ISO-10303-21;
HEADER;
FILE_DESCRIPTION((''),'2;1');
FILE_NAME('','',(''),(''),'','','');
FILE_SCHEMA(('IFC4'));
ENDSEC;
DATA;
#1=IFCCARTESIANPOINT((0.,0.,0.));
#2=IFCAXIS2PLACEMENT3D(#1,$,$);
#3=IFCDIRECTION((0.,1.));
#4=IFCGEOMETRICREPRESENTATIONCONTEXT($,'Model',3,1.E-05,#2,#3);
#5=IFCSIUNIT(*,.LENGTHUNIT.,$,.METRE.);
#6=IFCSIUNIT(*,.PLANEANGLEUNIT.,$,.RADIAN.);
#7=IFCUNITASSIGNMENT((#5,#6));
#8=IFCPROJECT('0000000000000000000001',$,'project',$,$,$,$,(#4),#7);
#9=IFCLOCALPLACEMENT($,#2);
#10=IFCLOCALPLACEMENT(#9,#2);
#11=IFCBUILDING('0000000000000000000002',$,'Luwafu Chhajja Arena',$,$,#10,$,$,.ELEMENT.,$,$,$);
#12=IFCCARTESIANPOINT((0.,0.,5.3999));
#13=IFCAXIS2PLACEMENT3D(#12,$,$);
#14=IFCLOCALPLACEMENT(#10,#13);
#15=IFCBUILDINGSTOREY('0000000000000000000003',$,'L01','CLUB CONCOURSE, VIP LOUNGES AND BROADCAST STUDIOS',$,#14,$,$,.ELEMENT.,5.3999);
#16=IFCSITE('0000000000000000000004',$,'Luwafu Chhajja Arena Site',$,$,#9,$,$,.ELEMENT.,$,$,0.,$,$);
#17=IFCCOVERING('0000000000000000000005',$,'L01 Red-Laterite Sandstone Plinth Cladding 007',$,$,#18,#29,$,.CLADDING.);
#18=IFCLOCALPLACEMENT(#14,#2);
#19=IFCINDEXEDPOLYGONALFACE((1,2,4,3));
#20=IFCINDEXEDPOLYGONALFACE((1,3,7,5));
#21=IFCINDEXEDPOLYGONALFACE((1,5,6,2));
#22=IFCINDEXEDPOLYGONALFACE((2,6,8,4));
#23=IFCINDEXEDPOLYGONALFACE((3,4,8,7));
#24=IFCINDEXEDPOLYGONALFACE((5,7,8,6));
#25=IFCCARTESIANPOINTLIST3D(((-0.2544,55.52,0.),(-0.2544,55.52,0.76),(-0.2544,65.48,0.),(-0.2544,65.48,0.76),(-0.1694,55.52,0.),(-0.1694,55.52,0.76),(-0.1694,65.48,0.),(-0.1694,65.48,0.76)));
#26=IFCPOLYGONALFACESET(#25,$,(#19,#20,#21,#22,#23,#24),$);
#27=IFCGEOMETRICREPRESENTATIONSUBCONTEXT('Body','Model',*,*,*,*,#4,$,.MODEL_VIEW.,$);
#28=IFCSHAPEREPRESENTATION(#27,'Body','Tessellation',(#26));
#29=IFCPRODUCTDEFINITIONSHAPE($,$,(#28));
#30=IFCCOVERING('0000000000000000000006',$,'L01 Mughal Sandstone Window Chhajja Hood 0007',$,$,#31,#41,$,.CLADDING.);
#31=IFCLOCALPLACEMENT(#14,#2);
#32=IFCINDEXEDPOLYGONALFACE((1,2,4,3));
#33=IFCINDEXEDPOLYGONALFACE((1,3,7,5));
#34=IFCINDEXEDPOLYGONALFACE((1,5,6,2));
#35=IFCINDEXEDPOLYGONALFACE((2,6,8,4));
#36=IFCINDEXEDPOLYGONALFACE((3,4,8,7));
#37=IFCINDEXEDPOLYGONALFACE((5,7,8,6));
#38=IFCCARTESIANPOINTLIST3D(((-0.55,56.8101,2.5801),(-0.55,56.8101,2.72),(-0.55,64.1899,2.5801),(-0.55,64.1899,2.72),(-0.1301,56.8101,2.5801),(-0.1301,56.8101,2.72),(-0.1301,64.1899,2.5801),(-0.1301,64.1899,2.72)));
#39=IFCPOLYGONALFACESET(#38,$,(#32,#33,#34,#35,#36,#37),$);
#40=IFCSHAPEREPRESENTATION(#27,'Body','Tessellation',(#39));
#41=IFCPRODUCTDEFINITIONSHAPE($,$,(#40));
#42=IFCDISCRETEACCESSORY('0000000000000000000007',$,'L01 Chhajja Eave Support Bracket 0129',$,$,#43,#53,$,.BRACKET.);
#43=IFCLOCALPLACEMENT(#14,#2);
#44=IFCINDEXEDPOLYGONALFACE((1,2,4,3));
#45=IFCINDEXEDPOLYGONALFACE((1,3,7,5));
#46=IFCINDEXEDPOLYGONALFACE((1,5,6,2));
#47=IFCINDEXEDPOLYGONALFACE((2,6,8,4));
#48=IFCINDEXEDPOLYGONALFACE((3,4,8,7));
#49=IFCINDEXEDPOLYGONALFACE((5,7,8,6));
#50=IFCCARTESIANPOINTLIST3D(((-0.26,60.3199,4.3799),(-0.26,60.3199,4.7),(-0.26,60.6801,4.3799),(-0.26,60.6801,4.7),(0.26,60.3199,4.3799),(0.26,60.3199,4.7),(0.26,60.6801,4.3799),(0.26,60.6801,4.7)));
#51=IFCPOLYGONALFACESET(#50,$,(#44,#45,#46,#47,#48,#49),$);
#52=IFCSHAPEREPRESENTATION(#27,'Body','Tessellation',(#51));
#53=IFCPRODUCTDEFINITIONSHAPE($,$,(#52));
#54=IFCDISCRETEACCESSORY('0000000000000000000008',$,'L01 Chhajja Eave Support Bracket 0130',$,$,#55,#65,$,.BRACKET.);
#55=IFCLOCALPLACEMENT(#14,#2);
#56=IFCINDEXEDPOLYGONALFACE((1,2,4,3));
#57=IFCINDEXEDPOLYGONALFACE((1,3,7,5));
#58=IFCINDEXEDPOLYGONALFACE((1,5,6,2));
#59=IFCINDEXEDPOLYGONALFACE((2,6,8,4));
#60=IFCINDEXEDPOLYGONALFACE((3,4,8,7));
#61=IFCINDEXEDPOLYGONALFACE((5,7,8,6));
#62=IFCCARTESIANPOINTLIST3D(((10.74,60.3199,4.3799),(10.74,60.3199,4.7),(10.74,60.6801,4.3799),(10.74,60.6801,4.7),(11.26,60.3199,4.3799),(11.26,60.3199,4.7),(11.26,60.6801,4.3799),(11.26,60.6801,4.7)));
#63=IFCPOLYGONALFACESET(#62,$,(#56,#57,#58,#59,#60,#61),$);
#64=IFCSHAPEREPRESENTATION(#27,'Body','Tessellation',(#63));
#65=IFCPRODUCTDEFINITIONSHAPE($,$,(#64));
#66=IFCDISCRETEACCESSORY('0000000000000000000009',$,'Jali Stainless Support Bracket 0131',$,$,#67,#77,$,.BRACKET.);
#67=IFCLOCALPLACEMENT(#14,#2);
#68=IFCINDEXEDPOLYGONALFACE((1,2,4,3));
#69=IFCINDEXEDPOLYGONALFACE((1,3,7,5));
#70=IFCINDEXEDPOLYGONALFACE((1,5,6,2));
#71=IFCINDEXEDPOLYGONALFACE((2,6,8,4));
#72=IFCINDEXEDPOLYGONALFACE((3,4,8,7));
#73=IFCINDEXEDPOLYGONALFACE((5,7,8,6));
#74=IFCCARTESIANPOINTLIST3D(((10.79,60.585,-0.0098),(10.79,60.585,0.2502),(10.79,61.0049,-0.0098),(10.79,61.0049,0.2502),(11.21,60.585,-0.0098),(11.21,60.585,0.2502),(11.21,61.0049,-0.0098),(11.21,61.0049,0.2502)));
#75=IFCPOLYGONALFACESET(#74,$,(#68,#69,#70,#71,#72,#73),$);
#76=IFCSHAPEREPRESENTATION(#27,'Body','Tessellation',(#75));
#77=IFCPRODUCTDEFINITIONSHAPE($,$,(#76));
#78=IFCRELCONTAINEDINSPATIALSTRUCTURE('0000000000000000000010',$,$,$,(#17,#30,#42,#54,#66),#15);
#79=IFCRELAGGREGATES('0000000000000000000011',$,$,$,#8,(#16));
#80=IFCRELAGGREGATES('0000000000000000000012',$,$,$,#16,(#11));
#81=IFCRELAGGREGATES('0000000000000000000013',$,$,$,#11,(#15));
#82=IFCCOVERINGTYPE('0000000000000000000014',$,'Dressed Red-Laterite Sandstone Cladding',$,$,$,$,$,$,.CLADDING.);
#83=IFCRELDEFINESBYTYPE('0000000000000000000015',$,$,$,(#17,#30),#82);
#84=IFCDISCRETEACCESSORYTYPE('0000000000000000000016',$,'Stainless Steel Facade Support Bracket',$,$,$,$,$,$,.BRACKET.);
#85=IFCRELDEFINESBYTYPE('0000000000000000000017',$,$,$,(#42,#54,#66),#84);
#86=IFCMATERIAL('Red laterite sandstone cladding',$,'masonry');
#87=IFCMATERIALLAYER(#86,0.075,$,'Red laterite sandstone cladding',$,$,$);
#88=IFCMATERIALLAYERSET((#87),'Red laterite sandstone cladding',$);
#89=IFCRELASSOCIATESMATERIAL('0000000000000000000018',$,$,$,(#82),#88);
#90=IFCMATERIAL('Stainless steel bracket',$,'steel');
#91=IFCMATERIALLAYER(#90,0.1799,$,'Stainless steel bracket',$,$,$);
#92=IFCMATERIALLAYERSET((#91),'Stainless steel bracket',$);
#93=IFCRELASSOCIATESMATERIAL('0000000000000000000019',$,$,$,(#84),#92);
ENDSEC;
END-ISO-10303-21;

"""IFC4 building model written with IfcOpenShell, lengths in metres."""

from ifc_helpers import new_model, si_unit, direction, frame, origin, origin_2d, place, context, subcontext, project, spatial, rectangle, extrude, material, layer, layer_set, type_object, element, save


model = new_model("IFC4")

# Units and contexts
model_context = context("Model", 3, precision=1e-05, world=origin(), true_north=direction((0.0, 1.0)))
body_context = subcontext(model_context, "Body", "Model", "MODEL_VIEW")
ifc_project = project(units=[si_unit("LENGTHUNIT", "METRE"), si_unit("PLANEANGLEUNIT", "RADIAN")], contexts=[model_context])

# Site, building, storey
site_placement = place(None, origin())
site = spatial("IfcSite", under=ifc_project, at=site_placement, Name="Luwafu Chhajja Arena Site", CompositionType="ELEMENT", RefElevation=0.0)
building_placement = place(site_placement, origin())
building = spatial("IfcBuilding", under=site, at=building_placement, Name="Luwafu Chhajja Arena", CompositionType="ELEMENT")
storey_placement = place(building_placement, frame((0.0, 0.0, 5.3999)))
storey = spatial("IfcBuildingStorey", under=building, at=storey_placement, Name="L01", Description="CLUB CONCOURSE, VIP LOUNGES AND BROADCAST STUDIOS", CompositionType="ELEMENT", Elevation=5.3999)

# Coverings
ifc_material_1 = material(Name="Red laterite sandstone cladding", Category="masonry")
ifc_layer_1 = layer(ifc_material_1, 0.075, Name="Red laterite sandstone cladding")
ifc_layer_set_1 = layer_set([ifc_layer_1], Name="Red laterite sandstone cladding")
covering_type = type_object("IfcCoveringType", Name="Dressed Red-Laterite Sandstone Cladding", PredefinedType="CLADDING", material=ifc_layer_set_1)
covering_1_placement = place(storey_placement, frame((-0.2119, 60.5, 0.0), z_axis=(0.0, 0.0, 1.0), x_axis=(0.0, 1.0, 0.0)))
element("IfcCovering", 1, at=covering_1_placement, inside=storey, type_object=covering_type, Name="L01 Red-Laterite Sandstone Plinth Cladding 007", PredefinedType="CLADDING", context=body_context, shape_type="SweptSolid", body=[
    extrude(rectangle(XDim=9.96, YDim=0.085, at=origin_2d()), origin(), (0.0, 0.0, 1.0), 0.76),
])
covering_2_placement = place(storey_placement, frame((-0.3401, 60.5, 2.5801), z_axis=(0.0, 0.0, 1.0), x_axis=(0.0, 1.0, 0.0)))
element("IfcCovering", 2, at=covering_2_placement, inside=storey, type_object=covering_type, Name="L01 Mughal Sandstone Window Chhajja Hood 0007", PredefinedType="CLADDING", context=body_context, shape_type="SweptSolid", body=[
    extrude(rectangle(XDim=7.3799, YDim=0.4199, at=origin_2d()), origin(), (0.0, 0.0, 1.0), 0.1399),
])

# Discrete accessories
ifc_material_2 = material(Name="Stainless steel bracket", Category="steel")
ifc_layer_2 = layer(ifc_material_2, 0.1799, Name="Stainless steel bracket")
ifc_layer_set_2 = layer_set([ifc_layer_2], Name="Stainless steel bracket")
discrete_accessory_type = type_object("IfcDiscreteAccessoryType", Name="Stainless Steel Facade Support Bracket", PredefinedType="BRACKET", material=ifc_layer_set_2)
for number, where, z_axis, x_axis, name in (
    (3, (0.0, 60.5, 4.3799), (0.0, 0.0, 1.0), (0.0, 1.0, 0.0), "L01 Chhajja Eave Support Bracket 0129"),
    (4, (11.0, 60.5, 4.3799), (0.0, 0.0, 1.0), (0.0, 1.0, 0.0), "L01 Chhajja Eave Support Bracket 0130"),
):
    element("IfcDiscreteAccessory", number, at=place(storey_placement, frame(where, z_axis=z_axis, x_axis=x_axis)), inside=storey, type_object=discrete_accessory_type, Name=name, PredefinedType="BRACKET", context=body_context, shape_type="SweptSolid", body=[
        extrude(rectangle(XDim=0.3601, YDim=0.52, at=origin_2d()), origin(), (0.0, 0.0, 1.0), 0.3201),
    ])
discrete_accessory_placement = place(storey_placement, frame((11.0, 60.7949, -0.0098), z_axis=(0.0, 0.0, 1.0), x_axis=(0.0, 1.0, 0.0)))
element("IfcDiscreteAccessory", 5, at=discrete_accessory_placement, inside=storey, type_object=discrete_accessory_type, Name="Jali Stainless Support Bracket 0131", PredefinedType="BRACKET", context=body_context, shape_type="SweptSolid", body=[
    extrude(rectangle(XDim=0.4199, YDim=0.4199, at=origin_2d()), origin(), (0.0, 0.0, 1.0), 0.26),
])

save(model, "model.ifc")
